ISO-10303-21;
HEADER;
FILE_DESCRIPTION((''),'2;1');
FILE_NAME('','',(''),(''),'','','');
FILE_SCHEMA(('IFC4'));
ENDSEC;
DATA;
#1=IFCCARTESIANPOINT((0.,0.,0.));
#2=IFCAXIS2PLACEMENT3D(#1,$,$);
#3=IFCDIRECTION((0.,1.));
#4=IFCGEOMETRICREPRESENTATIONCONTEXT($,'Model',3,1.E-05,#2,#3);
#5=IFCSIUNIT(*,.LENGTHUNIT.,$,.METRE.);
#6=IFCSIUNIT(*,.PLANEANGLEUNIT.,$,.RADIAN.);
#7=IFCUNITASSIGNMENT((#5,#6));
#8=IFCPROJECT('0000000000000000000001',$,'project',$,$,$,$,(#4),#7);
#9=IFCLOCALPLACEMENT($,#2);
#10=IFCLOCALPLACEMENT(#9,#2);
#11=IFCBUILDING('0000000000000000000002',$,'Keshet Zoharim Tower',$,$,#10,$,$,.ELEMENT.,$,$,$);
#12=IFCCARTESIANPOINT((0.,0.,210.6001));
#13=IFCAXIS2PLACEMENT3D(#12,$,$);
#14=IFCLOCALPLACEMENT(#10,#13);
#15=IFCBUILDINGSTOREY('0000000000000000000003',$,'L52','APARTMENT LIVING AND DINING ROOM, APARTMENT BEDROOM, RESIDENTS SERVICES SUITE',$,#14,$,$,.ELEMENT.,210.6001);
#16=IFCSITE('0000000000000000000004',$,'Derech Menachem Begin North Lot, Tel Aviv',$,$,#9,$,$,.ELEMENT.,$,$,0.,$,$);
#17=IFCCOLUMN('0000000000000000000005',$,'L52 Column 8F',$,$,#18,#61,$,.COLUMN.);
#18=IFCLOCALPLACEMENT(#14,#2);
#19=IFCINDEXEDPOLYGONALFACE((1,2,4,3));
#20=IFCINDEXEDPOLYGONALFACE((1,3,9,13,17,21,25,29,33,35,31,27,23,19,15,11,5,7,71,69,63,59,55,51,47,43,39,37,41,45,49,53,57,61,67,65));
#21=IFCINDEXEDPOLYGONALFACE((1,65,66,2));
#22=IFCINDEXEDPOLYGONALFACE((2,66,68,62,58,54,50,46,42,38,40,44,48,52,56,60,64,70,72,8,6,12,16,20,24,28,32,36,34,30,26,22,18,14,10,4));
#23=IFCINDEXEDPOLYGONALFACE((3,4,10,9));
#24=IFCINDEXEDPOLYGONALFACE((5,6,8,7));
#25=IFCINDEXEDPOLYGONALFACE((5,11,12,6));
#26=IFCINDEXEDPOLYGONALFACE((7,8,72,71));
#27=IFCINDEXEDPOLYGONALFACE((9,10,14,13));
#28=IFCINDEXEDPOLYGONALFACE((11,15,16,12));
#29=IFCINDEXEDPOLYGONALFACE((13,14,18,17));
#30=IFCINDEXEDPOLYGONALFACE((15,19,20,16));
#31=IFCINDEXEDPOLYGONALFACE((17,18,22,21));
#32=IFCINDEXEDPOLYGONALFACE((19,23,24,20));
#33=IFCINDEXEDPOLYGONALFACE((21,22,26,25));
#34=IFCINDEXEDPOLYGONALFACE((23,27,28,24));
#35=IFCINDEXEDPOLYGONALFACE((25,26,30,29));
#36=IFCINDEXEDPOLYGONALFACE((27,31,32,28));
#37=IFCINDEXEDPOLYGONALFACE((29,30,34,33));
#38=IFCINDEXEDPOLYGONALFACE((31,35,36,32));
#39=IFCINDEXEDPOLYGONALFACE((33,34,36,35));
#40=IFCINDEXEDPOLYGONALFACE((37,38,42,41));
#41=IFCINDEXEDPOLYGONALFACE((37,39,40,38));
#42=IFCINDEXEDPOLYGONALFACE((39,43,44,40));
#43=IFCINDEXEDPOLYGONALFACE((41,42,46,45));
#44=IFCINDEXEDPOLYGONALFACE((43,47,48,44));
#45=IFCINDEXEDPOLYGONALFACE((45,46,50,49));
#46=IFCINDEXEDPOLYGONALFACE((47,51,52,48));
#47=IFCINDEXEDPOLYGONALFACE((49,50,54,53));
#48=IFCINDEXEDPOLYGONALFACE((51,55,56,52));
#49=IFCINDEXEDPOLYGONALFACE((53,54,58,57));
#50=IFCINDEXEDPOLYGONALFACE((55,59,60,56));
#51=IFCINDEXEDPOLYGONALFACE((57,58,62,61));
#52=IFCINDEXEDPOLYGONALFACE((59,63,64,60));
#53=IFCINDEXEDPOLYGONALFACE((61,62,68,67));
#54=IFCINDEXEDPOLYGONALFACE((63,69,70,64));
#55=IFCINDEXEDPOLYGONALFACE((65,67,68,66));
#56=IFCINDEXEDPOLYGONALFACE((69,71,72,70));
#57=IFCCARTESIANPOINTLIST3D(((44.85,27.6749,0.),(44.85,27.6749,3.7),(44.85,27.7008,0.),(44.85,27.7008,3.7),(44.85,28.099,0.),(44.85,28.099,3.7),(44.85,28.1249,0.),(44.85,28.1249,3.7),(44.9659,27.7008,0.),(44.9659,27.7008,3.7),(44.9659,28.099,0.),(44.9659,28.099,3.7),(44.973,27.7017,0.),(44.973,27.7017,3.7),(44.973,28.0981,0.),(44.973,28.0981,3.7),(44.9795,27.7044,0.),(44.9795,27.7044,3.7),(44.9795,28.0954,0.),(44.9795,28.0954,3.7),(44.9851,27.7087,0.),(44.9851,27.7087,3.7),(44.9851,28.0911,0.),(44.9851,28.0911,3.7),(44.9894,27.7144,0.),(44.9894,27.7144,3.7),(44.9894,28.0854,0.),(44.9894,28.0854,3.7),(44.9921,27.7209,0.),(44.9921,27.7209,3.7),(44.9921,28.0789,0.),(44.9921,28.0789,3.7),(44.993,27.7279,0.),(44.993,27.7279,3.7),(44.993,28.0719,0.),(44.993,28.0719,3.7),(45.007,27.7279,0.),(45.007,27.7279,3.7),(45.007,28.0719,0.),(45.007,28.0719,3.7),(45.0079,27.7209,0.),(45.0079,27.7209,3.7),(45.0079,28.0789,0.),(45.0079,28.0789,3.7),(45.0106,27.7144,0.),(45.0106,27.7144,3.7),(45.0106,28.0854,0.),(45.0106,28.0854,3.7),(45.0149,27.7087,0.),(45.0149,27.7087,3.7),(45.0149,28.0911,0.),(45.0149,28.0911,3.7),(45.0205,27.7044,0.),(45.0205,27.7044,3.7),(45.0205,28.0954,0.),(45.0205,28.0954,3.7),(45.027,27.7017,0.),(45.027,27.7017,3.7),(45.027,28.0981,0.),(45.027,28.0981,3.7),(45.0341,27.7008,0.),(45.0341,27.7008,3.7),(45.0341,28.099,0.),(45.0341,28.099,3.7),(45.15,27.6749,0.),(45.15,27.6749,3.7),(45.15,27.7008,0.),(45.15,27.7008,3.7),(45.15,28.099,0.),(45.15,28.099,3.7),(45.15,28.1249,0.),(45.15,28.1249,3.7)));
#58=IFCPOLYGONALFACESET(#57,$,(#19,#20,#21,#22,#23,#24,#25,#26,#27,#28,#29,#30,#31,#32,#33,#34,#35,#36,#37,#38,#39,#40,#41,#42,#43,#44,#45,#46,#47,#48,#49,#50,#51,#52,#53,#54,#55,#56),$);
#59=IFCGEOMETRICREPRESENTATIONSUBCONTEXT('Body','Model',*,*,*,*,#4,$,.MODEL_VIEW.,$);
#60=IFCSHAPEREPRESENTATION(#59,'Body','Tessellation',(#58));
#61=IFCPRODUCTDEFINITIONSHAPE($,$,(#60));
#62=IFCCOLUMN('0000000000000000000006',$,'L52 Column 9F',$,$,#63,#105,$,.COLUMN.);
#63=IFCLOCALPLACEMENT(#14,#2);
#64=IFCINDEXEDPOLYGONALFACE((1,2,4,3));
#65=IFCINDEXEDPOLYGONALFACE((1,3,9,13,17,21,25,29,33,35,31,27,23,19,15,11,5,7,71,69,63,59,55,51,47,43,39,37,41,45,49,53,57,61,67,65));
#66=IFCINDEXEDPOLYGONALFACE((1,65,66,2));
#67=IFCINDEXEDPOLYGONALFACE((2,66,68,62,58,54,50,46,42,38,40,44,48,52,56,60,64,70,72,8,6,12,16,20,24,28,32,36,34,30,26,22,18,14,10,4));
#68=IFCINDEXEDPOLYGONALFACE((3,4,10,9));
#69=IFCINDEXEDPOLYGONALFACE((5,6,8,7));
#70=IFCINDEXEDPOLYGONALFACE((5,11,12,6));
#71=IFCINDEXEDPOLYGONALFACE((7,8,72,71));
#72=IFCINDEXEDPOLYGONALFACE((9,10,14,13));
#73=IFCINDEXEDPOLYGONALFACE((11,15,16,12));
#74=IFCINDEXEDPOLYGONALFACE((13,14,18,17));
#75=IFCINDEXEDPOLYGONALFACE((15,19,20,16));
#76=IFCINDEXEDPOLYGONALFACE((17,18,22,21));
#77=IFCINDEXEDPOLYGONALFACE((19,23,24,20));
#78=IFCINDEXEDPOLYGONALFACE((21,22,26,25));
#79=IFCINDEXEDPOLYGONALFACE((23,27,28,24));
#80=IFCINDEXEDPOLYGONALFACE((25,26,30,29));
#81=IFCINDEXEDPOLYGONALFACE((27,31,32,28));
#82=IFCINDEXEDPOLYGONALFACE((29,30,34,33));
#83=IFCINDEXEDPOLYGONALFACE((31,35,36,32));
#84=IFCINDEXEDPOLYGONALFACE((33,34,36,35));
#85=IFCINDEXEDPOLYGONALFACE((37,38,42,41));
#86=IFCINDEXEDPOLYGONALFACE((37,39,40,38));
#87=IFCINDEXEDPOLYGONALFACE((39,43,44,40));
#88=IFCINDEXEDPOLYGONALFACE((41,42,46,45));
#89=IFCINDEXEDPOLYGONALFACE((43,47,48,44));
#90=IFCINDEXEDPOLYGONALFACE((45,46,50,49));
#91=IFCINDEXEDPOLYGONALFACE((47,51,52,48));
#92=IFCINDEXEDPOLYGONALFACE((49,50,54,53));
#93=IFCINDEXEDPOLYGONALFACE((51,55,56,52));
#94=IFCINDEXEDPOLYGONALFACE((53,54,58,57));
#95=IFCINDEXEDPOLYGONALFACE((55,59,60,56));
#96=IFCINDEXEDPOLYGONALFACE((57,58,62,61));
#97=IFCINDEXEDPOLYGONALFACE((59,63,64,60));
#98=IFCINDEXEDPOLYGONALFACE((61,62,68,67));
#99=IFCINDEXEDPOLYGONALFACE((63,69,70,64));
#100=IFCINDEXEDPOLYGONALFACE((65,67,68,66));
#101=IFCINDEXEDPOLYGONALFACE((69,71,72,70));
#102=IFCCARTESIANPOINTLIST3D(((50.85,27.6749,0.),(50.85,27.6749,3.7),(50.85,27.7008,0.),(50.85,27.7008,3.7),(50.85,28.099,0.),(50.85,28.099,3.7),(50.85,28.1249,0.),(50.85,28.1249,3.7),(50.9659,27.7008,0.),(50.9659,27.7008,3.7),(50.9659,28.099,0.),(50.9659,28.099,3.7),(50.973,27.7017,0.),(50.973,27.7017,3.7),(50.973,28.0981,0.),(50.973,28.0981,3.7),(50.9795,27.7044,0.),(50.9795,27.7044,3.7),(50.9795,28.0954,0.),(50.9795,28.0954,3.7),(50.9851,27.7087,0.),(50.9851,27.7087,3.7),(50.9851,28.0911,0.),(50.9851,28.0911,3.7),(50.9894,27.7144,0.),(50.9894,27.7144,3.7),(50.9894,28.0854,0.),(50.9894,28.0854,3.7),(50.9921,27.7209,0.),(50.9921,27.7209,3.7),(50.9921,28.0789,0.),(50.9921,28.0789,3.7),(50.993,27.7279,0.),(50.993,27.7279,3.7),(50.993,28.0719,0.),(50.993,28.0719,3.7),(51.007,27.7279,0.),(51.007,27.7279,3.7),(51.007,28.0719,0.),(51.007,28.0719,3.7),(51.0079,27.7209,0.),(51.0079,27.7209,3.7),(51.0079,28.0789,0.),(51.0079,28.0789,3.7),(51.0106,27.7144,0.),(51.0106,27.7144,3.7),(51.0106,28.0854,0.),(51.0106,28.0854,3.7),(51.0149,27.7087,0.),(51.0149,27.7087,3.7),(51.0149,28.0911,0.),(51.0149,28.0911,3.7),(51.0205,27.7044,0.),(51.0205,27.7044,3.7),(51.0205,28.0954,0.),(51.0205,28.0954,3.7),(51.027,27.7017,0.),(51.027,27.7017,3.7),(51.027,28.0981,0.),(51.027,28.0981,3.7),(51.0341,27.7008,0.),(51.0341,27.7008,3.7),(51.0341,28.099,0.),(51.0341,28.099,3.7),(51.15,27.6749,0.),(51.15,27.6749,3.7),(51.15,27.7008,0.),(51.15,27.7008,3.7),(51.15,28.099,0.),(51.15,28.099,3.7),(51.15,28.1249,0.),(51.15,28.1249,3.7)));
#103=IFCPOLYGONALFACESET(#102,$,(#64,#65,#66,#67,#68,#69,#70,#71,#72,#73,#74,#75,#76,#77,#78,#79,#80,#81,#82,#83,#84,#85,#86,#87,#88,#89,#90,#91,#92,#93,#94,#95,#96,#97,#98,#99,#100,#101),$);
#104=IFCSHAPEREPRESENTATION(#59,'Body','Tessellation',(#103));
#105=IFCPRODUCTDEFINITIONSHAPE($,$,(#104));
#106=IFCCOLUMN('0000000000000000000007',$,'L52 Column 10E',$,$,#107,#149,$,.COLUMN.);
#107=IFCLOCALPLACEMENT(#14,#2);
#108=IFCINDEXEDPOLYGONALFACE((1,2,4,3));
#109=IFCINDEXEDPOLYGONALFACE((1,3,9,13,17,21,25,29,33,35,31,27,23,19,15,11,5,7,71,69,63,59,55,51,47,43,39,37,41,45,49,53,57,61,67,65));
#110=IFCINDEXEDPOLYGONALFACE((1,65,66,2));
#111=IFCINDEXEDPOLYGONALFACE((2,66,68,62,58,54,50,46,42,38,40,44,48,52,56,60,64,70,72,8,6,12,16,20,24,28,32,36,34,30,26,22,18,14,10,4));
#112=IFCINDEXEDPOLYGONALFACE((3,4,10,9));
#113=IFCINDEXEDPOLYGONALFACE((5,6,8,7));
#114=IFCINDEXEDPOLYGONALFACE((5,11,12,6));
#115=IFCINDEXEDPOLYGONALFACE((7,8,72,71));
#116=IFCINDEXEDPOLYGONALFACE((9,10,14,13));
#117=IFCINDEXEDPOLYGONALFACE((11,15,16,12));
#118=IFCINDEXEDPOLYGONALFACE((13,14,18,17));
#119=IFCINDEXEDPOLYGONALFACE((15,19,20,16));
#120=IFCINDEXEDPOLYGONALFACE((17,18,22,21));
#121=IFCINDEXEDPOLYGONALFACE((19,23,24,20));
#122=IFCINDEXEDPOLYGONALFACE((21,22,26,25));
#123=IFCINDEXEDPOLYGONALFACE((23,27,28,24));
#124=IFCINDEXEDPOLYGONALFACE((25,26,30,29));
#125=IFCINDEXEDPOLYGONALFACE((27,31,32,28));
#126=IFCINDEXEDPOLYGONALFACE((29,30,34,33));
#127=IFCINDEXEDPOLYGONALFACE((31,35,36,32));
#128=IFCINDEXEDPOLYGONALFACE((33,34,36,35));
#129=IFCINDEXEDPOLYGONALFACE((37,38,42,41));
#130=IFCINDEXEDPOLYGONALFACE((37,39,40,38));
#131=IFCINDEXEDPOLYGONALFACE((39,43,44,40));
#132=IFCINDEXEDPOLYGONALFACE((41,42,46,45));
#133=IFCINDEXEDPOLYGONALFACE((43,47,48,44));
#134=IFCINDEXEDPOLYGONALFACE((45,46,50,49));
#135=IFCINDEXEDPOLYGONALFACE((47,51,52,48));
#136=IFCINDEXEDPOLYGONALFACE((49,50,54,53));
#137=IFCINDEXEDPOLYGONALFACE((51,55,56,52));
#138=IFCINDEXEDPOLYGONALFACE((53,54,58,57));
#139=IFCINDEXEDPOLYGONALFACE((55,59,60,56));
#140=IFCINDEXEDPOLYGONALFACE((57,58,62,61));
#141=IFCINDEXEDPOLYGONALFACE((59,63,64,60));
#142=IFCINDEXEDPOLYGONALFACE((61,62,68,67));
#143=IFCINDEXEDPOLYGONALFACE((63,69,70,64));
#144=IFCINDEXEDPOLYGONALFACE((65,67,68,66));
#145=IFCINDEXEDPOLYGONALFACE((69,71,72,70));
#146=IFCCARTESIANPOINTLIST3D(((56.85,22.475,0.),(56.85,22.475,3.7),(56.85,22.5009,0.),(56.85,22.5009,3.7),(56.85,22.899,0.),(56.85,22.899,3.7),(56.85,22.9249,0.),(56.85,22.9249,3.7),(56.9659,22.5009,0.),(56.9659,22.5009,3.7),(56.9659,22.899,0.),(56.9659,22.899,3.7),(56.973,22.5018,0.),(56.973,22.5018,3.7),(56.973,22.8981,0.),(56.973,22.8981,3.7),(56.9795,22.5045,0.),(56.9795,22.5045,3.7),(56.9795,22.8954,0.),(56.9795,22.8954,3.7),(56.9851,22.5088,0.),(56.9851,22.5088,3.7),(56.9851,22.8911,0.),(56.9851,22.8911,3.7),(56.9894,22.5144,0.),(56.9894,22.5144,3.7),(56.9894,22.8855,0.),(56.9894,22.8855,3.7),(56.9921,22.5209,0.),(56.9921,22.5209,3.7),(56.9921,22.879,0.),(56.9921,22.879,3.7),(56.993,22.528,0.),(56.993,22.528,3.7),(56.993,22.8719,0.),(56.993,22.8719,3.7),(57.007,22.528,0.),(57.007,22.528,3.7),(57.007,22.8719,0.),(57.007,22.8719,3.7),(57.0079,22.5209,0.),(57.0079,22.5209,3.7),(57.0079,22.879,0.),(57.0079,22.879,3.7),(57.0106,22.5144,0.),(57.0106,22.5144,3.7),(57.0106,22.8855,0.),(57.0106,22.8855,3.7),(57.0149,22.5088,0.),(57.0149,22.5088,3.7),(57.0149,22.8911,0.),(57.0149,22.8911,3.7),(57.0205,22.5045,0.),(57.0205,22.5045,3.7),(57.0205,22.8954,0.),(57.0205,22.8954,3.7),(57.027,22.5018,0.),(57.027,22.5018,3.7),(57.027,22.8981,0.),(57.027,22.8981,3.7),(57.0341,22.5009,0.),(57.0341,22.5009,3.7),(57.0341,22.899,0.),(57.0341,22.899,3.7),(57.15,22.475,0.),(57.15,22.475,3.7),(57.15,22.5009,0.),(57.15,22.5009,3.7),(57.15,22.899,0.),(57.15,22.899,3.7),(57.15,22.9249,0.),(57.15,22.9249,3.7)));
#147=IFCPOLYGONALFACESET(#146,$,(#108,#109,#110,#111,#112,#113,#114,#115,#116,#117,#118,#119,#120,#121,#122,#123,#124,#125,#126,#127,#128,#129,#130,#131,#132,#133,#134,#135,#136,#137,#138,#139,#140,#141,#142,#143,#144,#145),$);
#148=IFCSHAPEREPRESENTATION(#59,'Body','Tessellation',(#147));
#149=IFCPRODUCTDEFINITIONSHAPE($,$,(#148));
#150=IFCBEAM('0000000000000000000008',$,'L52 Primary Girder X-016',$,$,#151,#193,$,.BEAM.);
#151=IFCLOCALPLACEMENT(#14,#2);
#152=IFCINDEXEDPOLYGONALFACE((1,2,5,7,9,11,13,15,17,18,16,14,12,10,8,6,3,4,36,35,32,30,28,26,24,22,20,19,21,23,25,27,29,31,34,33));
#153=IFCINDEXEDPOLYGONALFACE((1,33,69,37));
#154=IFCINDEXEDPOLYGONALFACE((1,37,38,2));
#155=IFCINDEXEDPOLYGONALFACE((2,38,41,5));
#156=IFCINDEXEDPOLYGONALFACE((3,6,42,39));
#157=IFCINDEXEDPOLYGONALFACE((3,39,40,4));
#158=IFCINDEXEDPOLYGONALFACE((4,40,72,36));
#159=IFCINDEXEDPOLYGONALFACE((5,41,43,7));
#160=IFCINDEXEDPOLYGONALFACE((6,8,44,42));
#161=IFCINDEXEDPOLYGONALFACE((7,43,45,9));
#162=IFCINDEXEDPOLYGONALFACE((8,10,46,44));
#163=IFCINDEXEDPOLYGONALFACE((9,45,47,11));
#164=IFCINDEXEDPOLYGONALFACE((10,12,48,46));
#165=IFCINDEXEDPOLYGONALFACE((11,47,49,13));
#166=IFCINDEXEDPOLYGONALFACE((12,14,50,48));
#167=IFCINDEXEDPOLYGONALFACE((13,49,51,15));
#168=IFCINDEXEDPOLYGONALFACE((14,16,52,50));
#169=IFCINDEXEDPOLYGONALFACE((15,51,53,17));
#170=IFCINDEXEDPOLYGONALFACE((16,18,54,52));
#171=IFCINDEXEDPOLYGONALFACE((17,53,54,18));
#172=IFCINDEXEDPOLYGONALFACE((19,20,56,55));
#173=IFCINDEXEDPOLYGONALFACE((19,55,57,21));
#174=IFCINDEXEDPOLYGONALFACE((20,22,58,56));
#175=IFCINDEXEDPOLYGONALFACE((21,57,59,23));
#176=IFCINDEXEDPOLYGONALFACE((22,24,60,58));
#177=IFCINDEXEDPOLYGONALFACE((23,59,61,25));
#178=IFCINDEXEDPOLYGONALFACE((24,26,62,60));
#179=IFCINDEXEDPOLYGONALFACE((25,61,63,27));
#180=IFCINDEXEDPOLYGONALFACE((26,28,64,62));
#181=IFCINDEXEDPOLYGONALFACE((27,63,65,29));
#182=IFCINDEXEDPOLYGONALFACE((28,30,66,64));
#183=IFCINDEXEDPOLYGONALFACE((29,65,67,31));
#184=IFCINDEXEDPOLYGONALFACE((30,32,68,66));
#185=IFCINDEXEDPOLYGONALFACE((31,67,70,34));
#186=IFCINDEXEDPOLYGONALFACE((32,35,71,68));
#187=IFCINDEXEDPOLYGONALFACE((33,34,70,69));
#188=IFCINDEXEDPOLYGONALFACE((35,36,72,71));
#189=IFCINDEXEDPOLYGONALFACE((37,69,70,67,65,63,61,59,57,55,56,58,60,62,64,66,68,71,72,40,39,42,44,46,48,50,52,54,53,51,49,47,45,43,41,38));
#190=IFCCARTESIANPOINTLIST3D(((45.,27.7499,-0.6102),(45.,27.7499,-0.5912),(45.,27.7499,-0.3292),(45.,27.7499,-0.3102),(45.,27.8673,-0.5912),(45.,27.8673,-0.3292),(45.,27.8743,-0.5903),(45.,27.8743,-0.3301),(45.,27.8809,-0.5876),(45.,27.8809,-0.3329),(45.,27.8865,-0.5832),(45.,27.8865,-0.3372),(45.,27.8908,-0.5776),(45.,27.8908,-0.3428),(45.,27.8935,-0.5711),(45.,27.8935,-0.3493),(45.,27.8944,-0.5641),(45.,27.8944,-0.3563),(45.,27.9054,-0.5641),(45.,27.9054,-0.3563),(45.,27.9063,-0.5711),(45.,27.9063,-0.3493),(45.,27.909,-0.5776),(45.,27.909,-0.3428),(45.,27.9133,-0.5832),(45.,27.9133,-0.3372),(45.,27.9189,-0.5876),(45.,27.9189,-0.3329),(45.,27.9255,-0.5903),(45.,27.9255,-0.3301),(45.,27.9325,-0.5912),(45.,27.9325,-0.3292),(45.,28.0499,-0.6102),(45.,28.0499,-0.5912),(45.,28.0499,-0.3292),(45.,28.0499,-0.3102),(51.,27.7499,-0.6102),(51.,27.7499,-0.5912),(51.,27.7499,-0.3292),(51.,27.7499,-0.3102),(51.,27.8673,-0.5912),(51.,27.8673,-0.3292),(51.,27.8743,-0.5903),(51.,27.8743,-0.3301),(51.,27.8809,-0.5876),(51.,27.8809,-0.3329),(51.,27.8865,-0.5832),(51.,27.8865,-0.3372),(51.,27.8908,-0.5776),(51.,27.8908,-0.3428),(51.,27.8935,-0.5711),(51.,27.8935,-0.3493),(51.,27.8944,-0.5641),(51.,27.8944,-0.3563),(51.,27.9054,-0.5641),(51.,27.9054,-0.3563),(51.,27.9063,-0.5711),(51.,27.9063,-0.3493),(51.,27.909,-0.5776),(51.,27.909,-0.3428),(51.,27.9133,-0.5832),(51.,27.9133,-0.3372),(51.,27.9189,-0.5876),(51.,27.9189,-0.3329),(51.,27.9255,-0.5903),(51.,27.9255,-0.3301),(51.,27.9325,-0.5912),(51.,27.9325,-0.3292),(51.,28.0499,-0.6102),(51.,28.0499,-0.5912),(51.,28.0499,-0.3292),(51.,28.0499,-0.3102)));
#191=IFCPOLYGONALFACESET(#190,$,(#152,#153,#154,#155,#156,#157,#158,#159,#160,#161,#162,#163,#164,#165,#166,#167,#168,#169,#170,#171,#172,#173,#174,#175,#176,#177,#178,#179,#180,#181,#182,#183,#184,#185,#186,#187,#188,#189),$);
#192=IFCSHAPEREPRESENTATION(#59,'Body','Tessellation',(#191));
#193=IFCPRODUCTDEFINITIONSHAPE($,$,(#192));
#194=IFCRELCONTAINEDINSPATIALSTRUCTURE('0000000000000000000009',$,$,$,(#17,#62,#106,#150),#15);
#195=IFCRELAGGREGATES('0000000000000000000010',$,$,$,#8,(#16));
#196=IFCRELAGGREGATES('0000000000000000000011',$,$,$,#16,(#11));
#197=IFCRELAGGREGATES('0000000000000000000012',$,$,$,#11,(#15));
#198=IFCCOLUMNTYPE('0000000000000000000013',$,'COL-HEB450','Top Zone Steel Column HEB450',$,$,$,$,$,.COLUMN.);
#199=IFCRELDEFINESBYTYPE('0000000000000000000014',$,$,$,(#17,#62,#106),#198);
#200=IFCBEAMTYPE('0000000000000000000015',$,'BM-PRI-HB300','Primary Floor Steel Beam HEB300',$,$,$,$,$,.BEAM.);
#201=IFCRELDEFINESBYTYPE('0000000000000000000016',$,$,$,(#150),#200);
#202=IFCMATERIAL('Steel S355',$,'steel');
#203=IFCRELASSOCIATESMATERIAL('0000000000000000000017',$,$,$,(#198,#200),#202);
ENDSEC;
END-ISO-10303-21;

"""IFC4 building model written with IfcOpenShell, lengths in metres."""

from ifc_helpers import new_model, si_unit, direction, frame, origin, origin_2d, place, context, subcontext, project, spatial, i_section, extrude, material, material_profile, profile_set, type_object, element, save


model = new_model("IFC4")

# Units and contexts
model_context = context("Model", 3, precision=1e-05, world=origin(), true_north=direction((0.0, 1.0)))
body_context = subcontext(model_context, "Body", "Model", "MODEL_VIEW")
ifc_project = project(units=[si_unit("LENGTHUNIT", "METRE"), si_unit("PLANEANGLEUNIT", "RADIAN")], contexts=[model_context])

# Site, building, storey
site_placement = place(None, origin())
site = spatial("IfcSite", under=ifc_project, at=site_placement, Name="Derech Menachem Begin North Lot, Tel Aviv", CompositionType="ELEMENT", RefElevation=0.0)
building_placement = place(site_placement, origin())
building = spatial("IfcBuilding", under=site, at=building_placement, Name="Keshet Zoharim Tower", CompositionType="ELEMENT")
storey_placement = place(building_placement, frame((0.0, 0.0, 210.6001)))
storey = spatial("IfcBuildingStorey", under=building, at=storey_placement, Name="L52", Description="APARTMENT LIVING AND DINING ROOM, APARTMENT BEDROOM, RESIDENTS SERVICES SUITE", CompositionType="ELEMENT", Elevation=210.6001)

# Columns
ifc_material_1 = material(Name="Steel S355", Category="steel")
ifc_material_profile_1 = material_profile(ifc_material_1, i_section(OverallWidth=0.3, OverallDepth=0.45, WebThickness=0.0139, FlangeThickness=0.0259, FilletRadius=0.0271, at=origin_2d()), Name="HEB450")
ifc_profile_set_1 = profile_set([ifc_material_profile_1], Name="Steel S355")
column_type = type_object("IfcColumnType", Name="COL-HEB450", Description="Top Zone Steel Column HEB450", PredefinedType="COLUMN", material=ifc_profile_set_1)
for number, where, z_axis, x_axis, name in (
    (1, (45.0, 27.8999, 0.0), (0.0, 0.0, 1.0), (1.0, 0.0, 0.0), "L52 Column 8F"),
    (2, (51.0, 27.8999, 0.0), (0.0, 0.0, 1.0), (1.0, 0.0, 0.0), "L52 Column 9F"),
    (3, (57.0, 22.7, 0.0), (0.0, 0.0, 1.0), (1.0, 0.0, 0.0), "L52 Column 10E"),
):
    element("IfcColumn", number, at=place(storey_placement, frame(where, z_axis=z_axis, x_axis=x_axis)), inside=storey, type_object=column_type, Name=name, PredefinedType="COLUMN", context=body_context, shape_type="SweptSolid", body=[
        extrude(i_section(OverallWidth=0.3, OverallDepth=0.45, WebThickness=0.0139, FlangeThickness=0.0259, FilletRadius=0.0271, at=origin_2d()), origin(), (0.0, 0.0, 1.0), 3.7),
    ])

# Beam
ifc_material_profile_2 = material_profile(ifc_material_1, i_section(OverallWidth=0.3, OverallDepth=0.3, WebThickness=0.011, FlangeThickness=0.019, FilletRadius=0.0271, at=origin_2d()), Name="HEB300")
ifc_profile_set_2 = profile_set([ifc_material_profile_2], Name="Steel S355")
beam_type = type_object("IfcBeamType", Name="BM-PRI-HB300", Description="Primary Floor Steel Beam HEB300", PredefinedType="BEAM", material=ifc_profile_set_2)
beam_placement = place(storey_placement, frame((45.0, 27.8999, -0.4602), z_axis=(1.0, 0.0, 0.0), x_axis=(0.0, 1.0, 0.0)))
element("IfcBeam", 4, at=beam_placement, inside=storey, type_object=beam_type, Name="L52 Primary Girder X-016", PredefinedType="BEAM", context=body_context, shape_type="SweptSolid", body=[
    extrude(i_section(OverallWidth=0.3, OverallDepth=0.3, WebThickness=0.011, FlangeThickness=0.019, FilletRadius=0.0271, at=origin_2d()), origin(), (0.0, 0.0, 1.0), 6.0),
])

save(model, "model.ifc")
